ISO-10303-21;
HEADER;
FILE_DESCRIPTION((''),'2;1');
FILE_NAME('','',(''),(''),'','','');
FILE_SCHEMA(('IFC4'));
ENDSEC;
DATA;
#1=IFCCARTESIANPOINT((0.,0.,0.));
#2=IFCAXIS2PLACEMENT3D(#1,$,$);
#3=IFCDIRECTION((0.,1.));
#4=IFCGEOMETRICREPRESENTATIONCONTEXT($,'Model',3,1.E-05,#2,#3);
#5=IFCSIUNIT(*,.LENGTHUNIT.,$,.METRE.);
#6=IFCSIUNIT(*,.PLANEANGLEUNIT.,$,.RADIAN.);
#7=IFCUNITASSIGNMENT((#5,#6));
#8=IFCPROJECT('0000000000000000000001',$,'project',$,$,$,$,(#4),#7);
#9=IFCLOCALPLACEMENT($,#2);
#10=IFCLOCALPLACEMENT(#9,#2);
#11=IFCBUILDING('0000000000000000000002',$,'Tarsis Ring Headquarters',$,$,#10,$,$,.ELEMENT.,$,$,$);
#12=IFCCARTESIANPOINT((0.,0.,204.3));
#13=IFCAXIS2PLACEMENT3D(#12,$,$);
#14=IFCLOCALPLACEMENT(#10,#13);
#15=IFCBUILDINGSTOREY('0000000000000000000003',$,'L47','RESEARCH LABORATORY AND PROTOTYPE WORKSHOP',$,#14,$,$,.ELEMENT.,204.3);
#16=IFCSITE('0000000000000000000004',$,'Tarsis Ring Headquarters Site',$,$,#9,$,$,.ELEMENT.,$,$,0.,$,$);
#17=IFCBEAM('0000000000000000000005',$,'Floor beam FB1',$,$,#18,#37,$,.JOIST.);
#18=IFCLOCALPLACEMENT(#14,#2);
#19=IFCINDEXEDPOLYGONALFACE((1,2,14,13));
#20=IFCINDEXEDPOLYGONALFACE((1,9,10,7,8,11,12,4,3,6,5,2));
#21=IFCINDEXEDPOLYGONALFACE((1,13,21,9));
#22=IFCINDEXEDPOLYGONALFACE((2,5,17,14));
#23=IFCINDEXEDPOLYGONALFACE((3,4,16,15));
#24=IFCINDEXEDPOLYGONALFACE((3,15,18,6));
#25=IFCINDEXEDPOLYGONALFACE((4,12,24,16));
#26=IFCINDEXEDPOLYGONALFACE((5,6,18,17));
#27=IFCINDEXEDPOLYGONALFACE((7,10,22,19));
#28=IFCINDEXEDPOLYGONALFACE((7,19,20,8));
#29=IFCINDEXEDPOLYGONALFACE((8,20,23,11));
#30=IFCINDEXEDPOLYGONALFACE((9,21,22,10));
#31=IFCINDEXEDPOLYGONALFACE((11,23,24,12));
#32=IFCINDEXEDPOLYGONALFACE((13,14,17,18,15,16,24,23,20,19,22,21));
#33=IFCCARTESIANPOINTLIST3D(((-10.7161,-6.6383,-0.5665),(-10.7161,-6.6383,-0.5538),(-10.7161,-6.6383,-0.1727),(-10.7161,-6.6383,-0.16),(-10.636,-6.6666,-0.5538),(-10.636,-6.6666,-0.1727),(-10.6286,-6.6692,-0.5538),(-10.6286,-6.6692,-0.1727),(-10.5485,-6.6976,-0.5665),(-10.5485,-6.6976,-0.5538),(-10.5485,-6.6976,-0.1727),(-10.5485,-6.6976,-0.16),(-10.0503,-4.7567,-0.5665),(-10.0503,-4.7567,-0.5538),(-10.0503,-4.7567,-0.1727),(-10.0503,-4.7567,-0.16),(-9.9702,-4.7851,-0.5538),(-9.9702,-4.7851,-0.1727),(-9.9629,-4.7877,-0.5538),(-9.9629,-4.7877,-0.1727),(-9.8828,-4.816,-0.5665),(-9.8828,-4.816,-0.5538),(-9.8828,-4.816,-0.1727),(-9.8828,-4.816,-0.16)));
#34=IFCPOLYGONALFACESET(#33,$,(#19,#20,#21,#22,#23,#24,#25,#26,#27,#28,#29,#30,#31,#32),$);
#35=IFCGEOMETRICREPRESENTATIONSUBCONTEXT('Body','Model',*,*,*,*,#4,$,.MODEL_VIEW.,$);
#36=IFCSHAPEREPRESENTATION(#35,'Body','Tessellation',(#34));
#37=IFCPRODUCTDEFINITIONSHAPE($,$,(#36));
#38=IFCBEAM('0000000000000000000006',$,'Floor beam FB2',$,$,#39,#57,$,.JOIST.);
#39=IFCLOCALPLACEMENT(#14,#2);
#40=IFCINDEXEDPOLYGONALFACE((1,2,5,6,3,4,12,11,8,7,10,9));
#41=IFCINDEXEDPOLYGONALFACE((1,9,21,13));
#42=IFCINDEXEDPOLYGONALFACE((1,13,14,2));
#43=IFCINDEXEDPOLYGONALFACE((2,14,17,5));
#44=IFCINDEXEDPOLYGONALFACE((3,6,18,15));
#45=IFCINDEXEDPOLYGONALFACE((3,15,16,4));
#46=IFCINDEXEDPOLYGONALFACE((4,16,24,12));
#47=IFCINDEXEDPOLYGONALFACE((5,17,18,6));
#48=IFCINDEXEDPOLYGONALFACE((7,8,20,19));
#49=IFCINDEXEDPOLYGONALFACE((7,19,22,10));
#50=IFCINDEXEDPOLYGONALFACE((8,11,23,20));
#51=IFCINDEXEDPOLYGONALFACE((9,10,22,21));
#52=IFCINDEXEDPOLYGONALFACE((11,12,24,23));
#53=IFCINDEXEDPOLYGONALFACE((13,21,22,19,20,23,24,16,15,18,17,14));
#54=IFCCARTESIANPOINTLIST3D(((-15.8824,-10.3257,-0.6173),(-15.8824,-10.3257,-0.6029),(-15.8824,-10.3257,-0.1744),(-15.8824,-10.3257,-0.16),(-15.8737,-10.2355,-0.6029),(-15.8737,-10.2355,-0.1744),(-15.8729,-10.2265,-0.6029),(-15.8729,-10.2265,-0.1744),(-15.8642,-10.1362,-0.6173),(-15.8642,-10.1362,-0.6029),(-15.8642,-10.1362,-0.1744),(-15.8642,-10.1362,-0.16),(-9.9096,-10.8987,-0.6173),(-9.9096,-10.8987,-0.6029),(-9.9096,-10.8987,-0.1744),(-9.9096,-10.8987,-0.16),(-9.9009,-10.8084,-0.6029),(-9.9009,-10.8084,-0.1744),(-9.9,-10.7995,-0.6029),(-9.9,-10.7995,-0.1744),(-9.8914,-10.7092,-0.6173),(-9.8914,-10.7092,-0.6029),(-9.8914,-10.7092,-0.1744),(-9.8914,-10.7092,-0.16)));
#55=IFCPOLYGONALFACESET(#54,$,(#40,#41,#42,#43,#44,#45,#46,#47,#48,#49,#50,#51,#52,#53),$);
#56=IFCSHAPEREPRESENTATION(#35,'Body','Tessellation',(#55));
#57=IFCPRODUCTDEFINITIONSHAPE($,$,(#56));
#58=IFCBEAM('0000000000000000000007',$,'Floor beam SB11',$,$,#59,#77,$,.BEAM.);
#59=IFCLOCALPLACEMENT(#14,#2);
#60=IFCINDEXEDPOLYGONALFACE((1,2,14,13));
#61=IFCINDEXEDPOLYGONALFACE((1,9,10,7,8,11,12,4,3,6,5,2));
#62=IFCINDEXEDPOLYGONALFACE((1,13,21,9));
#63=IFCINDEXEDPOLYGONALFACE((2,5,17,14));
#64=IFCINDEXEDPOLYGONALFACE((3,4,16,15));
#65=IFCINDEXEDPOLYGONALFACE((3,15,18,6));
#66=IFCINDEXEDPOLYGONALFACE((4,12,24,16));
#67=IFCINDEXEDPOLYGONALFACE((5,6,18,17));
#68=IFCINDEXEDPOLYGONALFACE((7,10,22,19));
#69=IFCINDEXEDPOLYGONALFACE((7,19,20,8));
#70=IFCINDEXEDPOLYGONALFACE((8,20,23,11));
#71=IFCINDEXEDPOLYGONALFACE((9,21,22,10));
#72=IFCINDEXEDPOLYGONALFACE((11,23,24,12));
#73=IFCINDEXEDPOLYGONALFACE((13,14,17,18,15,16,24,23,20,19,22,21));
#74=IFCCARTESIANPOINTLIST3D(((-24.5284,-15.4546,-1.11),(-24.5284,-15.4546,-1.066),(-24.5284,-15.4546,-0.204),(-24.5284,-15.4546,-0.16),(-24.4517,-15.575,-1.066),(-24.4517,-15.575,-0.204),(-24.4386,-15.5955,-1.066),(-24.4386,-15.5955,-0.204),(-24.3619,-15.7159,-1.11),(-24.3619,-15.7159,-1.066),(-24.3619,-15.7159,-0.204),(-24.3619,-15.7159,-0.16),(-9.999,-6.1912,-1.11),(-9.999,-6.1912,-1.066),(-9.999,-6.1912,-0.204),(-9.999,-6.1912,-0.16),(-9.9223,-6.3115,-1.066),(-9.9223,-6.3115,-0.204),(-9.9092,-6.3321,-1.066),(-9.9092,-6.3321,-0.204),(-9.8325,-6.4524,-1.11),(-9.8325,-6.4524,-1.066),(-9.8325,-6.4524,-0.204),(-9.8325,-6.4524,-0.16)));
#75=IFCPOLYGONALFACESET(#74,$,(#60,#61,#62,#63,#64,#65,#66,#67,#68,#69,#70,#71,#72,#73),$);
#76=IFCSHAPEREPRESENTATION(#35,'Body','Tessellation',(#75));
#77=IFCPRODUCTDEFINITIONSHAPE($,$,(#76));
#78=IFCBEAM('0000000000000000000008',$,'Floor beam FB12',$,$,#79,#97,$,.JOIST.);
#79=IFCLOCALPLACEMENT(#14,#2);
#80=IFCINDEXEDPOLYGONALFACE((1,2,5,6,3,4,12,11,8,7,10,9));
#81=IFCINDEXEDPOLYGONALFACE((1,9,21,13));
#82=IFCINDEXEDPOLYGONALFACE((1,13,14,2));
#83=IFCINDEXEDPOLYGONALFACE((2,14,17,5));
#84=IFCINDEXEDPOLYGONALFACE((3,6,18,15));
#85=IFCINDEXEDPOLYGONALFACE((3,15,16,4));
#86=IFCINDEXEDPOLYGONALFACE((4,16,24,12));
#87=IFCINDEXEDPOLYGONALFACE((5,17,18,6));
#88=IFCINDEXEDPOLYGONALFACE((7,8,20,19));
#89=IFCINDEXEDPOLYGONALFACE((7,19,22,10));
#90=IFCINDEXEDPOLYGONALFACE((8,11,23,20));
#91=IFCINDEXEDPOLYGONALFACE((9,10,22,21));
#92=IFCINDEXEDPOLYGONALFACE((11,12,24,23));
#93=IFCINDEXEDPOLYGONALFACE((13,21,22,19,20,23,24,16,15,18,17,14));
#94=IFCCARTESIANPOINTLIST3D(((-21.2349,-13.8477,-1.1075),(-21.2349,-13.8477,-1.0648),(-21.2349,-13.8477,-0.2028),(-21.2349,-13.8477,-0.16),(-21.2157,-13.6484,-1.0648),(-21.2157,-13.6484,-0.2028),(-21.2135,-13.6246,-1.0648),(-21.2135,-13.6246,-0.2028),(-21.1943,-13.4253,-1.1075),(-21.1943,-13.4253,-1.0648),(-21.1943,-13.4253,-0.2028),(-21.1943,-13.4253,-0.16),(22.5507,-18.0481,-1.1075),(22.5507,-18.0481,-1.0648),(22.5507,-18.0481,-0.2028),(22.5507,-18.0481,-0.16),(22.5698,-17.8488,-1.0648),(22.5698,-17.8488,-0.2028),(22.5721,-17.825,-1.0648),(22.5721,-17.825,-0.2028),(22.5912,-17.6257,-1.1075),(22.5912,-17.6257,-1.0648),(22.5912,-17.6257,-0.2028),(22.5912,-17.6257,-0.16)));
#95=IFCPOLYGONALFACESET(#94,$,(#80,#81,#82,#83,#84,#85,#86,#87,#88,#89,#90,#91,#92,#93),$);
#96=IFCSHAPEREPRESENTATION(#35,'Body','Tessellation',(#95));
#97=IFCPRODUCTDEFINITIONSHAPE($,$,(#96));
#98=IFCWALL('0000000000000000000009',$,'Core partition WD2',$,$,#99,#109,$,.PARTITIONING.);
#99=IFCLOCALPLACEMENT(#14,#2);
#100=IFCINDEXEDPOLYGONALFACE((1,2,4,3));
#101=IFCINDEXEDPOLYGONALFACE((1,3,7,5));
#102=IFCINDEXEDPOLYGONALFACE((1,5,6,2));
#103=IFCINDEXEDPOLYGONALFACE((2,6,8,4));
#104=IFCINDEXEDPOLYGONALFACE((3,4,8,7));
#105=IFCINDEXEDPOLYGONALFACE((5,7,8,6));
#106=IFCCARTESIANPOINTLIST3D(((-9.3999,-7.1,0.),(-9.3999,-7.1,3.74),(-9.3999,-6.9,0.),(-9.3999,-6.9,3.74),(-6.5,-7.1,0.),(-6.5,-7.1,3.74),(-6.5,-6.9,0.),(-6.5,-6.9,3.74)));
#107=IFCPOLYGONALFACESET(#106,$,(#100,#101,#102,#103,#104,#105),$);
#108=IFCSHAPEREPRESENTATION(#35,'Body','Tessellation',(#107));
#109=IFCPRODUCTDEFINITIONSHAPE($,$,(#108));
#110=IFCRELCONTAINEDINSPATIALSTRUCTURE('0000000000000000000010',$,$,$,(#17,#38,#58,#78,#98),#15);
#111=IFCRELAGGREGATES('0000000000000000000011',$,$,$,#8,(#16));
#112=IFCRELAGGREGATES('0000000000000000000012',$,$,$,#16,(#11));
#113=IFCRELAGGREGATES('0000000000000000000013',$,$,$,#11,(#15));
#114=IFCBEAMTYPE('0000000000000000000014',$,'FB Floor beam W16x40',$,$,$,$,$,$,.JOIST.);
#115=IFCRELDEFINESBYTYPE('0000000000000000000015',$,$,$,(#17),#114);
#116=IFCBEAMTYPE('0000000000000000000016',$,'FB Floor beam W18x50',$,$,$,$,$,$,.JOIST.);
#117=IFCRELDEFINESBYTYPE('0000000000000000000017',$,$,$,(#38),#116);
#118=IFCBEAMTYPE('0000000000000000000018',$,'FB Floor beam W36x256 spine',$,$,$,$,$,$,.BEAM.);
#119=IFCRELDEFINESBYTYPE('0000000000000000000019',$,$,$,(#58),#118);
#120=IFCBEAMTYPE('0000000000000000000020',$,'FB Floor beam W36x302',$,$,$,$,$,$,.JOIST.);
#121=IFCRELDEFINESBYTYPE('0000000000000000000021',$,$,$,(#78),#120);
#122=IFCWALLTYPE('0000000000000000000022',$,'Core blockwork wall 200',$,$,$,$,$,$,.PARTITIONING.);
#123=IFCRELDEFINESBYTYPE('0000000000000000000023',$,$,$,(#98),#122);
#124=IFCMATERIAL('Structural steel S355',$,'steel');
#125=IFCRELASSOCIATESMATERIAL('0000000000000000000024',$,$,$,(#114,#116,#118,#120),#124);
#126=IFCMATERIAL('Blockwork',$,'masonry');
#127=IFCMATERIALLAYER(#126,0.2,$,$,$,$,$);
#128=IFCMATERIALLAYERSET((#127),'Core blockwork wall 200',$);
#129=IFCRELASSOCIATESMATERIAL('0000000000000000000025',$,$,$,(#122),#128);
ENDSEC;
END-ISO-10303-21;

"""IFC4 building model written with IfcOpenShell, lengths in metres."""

from ifc_helpers import new_model, si_unit, direction, frame, frame_2d, origin, origin_2d, place, context, subcontext, project, spatial, rectangle, i_section, extrude, material, layer, layer_set, material_profile, profile_set, type_object, element, save


model = new_model("IFC4")

# Units and contexts
model_context = context("Model", 3, precision=1e-05, world=origin(), true_north=direction((0.0, 1.0)))
body_context = subcontext(model_context, "Body", "Model", "MODEL_VIEW")
ifc_project = project(units=[si_unit("LENGTHUNIT", "METRE"), si_unit("PLANEANGLEUNIT", "RADIAN")], contexts=[model_context])

# Site, building, storey
site_placement = place(None, origin())
site = spatial("IfcSite", under=ifc_project, at=site_placement, Name="Tarsis Ring Headquarters Site", CompositionType="ELEMENT", RefElevation=0.0)
building_placement = place(site_placement, origin())
building = spatial("IfcBuilding", under=site, at=building_placement, Name="Tarsis Ring Headquarters", CompositionType="ELEMENT")
storey_placement = place(building_placement, frame((0.0, 0.0, 204.3)))
storey = spatial("IfcBuildingStorey", under=building, at=storey_placement, Name="L47", Description="RESEARCH LABORATORY AND PROTOTYPE WORKSHOP", CompositionType="ELEMENT", Elevation=204.3)

# Beams
ifc_material_1 = material(Name="Structural steel S355", Category="steel")
ifc_material_profile_1 = material_profile(ifc_material_1, i_section(OverallWidth=0.1777, OverallDepth=0.4065, WebThickness=0.0078, FlangeThickness=0.0127, at=origin_2d()), Name="W16x40")
ifc_profile_set_1 = profile_set([ifc_material_profile_1], Name="Structural steel S355")
beam_type_1 = type_object("IfcBeamType", Name="FB Floor beam W16x40", PredefinedType="JOIST", material=ifc_profile_set_1)
beam_1_placement = place(storey_placement, frame((-9.9666, -4.7864, -0.3633), z_axis=(-0.333569, -0.942726, 0.0), x_axis=(0.942726, -0.333569, 0.0)))
element("IfcBeam", 1, at=beam_1_placement, inside=storey, type_object=beam_type_1, Name="Floor beam FB1", PredefinedType="JOIST", context=body_context, shape_type="SweptSolid", body=[
    extrude(i_section(OverallWidth=0.1777, OverallDepth=0.4065, WebThickness=0.0078, FlangeThickness=0.0127, at=origin_2d()), origin(), (0.0, 0.0, 1.0), 1.9958),
])
ifc_material_profile_2 = material_profile(ifc_material_1, i_section(OverallWidth=0.1904, OverallDepth=0.4573, WebThickness=0.009, FlangeThickness=0.0144, at=origin_2d()), Name="W18x50")
ifc_profile_set_2 = profile_set([ifc_material_profile_2], Name="Structural steel S355")
beam_type_2 = type_object("IfcBeamType", Name="FB Floor beam W18x50", PredefinedType="JOIST", material=ifc_profile_set_2)
beam_2_placement = place(storey_placement, frame((-15.8733, -10.231, -0.3887), z_axis=(0.99543, -0.095495, 0.0), x_axis=(0.095495, 0.99543, 0.0)))
element("IfcBeam", 2, at=beam_2_placement, inside=storey, type_object=beam_type_2, Name="Floor beam FB2", PredefinedType="JOIST", context=body_context, shape_type="SweptSolid", body=[
    extrude(i_section(OverallWidth=0.1904, OverallDepth=0.4573, WebThickness=0.009, FlangeThickness=0.0144, at=origin_2d()), origin(), (0.0, 0.0, 1.0), 6.0002),
])
ifc_material_profile_3 = material_profile(ifc_material_1, i_section(OverallWidth=0.3098, OverallDepth=0.95, WebThickness=0.0244, FlangeThickness=0.0439, at=origin_2d()), Name="W36x256")
ifc_profile_set_3 = profile_set([ifc_material_profile_3], Name="Structural steel S355")
beam_type_3 = type_object("IfcBeamType", Name="FB Floor beam W36x256 spine", PredefinedType="BEAM", material=ifc_profile_set_3)
beam_3_placement = place(storey_placement, frame((-9.9158, -6.3218, -0.635), z_axis=(-0.843201, -0.537599, 0.0), x_axis=(0.537599, -0.843201, 0.0)))
element("IfcBeam", 3, at=beam_3_placement, inside=storey, type_object=beam_type_3, Name="Floor beam SB11", PredefinedType="BEAM", context=body_context, shape_type="SweptSolid", body=[
    extrude(i_section(OverallWidth=0.3098, OverallDepth=0.95, WebThickness=0.0244, FlangeThickness=0.0439, at=origin_2d()), origin(), (0.0, 0.0, 1.0), 17.2312),
])
ifc_material_profile_4 = material_profile(ifc_material_1, i_section(OverallWidth=0.4243, OverallDepth=0.9475, WebThickness=0.0239, FlangeThickness=0.0427, at=origin_2d()), Name="W36x302")
ifc_profile_set_4 = profile_set([ifc_material_profile_4], Name="Structural steel S355")
beam_type_4 = type_object("IfcBeamType", Name="FB Floor beam W36x302", PredefinedType="JOIST", material=ifc_profile_set_4)
beam_4_placement = place(storey_placement, frame((-21.2146, -13.6365, -0.6338), z_axis=(0.99543, -0.095493, 0.0), x_axis=(0.095493, 0.99543, 0.0)))
element("IfcBeam", 4, at=beam_4_placement, inside=storey, type_object=beam_type_4, Name="Floor beam FB12", PredefinedType="JOIST", context=body_context, shape_type="SweptSolid", body=[
    extrude(i_section(OverallWidth=0.4243, OverallDepth=0.9475, WebThickness=0.0239, FlangeThickness=0.0427, at=origin_2d()), origin(), (0.0, 0.0, 1.0), 43.9866),
])

# Wall
ifc_material_2 = material(Name="Blockwork", Category="masonry")
ifc_layer_1 = layer(ifc_material_2, 0.2)
ifc_layer_set_1 = layer_set([ifc_layer_1], Name="Core blockwork wall 200")
wall_type_1 = type_object("IfcWallType", Name="Core blockwork wall 200", PredefinedType="PARTITIONING", material=ifc_layer_set_1)
wall_1_placement = place(storey_placement, frame((-9.3999, -7.0, 0.0), z_axis=(0.0, 0.0, 1.0), x_axis=(1.0, 0.0, 0.0)))
element("IfcWall", 5, at=wall_1_placement, inside=storey, type_object=wall_type_1, Name="Core partition WD2", PredefinedType="PARTITIONING", context=body_context, shape_type="SweptSolid", body=[
    extrude(rectangle(XDim=2.8999, YDim=0.2, at=frame_2d((1.45, 0.0))), origin(), (0.0, 0.0, 1.0), 3.74),
])

save(model, "model.ifc")
